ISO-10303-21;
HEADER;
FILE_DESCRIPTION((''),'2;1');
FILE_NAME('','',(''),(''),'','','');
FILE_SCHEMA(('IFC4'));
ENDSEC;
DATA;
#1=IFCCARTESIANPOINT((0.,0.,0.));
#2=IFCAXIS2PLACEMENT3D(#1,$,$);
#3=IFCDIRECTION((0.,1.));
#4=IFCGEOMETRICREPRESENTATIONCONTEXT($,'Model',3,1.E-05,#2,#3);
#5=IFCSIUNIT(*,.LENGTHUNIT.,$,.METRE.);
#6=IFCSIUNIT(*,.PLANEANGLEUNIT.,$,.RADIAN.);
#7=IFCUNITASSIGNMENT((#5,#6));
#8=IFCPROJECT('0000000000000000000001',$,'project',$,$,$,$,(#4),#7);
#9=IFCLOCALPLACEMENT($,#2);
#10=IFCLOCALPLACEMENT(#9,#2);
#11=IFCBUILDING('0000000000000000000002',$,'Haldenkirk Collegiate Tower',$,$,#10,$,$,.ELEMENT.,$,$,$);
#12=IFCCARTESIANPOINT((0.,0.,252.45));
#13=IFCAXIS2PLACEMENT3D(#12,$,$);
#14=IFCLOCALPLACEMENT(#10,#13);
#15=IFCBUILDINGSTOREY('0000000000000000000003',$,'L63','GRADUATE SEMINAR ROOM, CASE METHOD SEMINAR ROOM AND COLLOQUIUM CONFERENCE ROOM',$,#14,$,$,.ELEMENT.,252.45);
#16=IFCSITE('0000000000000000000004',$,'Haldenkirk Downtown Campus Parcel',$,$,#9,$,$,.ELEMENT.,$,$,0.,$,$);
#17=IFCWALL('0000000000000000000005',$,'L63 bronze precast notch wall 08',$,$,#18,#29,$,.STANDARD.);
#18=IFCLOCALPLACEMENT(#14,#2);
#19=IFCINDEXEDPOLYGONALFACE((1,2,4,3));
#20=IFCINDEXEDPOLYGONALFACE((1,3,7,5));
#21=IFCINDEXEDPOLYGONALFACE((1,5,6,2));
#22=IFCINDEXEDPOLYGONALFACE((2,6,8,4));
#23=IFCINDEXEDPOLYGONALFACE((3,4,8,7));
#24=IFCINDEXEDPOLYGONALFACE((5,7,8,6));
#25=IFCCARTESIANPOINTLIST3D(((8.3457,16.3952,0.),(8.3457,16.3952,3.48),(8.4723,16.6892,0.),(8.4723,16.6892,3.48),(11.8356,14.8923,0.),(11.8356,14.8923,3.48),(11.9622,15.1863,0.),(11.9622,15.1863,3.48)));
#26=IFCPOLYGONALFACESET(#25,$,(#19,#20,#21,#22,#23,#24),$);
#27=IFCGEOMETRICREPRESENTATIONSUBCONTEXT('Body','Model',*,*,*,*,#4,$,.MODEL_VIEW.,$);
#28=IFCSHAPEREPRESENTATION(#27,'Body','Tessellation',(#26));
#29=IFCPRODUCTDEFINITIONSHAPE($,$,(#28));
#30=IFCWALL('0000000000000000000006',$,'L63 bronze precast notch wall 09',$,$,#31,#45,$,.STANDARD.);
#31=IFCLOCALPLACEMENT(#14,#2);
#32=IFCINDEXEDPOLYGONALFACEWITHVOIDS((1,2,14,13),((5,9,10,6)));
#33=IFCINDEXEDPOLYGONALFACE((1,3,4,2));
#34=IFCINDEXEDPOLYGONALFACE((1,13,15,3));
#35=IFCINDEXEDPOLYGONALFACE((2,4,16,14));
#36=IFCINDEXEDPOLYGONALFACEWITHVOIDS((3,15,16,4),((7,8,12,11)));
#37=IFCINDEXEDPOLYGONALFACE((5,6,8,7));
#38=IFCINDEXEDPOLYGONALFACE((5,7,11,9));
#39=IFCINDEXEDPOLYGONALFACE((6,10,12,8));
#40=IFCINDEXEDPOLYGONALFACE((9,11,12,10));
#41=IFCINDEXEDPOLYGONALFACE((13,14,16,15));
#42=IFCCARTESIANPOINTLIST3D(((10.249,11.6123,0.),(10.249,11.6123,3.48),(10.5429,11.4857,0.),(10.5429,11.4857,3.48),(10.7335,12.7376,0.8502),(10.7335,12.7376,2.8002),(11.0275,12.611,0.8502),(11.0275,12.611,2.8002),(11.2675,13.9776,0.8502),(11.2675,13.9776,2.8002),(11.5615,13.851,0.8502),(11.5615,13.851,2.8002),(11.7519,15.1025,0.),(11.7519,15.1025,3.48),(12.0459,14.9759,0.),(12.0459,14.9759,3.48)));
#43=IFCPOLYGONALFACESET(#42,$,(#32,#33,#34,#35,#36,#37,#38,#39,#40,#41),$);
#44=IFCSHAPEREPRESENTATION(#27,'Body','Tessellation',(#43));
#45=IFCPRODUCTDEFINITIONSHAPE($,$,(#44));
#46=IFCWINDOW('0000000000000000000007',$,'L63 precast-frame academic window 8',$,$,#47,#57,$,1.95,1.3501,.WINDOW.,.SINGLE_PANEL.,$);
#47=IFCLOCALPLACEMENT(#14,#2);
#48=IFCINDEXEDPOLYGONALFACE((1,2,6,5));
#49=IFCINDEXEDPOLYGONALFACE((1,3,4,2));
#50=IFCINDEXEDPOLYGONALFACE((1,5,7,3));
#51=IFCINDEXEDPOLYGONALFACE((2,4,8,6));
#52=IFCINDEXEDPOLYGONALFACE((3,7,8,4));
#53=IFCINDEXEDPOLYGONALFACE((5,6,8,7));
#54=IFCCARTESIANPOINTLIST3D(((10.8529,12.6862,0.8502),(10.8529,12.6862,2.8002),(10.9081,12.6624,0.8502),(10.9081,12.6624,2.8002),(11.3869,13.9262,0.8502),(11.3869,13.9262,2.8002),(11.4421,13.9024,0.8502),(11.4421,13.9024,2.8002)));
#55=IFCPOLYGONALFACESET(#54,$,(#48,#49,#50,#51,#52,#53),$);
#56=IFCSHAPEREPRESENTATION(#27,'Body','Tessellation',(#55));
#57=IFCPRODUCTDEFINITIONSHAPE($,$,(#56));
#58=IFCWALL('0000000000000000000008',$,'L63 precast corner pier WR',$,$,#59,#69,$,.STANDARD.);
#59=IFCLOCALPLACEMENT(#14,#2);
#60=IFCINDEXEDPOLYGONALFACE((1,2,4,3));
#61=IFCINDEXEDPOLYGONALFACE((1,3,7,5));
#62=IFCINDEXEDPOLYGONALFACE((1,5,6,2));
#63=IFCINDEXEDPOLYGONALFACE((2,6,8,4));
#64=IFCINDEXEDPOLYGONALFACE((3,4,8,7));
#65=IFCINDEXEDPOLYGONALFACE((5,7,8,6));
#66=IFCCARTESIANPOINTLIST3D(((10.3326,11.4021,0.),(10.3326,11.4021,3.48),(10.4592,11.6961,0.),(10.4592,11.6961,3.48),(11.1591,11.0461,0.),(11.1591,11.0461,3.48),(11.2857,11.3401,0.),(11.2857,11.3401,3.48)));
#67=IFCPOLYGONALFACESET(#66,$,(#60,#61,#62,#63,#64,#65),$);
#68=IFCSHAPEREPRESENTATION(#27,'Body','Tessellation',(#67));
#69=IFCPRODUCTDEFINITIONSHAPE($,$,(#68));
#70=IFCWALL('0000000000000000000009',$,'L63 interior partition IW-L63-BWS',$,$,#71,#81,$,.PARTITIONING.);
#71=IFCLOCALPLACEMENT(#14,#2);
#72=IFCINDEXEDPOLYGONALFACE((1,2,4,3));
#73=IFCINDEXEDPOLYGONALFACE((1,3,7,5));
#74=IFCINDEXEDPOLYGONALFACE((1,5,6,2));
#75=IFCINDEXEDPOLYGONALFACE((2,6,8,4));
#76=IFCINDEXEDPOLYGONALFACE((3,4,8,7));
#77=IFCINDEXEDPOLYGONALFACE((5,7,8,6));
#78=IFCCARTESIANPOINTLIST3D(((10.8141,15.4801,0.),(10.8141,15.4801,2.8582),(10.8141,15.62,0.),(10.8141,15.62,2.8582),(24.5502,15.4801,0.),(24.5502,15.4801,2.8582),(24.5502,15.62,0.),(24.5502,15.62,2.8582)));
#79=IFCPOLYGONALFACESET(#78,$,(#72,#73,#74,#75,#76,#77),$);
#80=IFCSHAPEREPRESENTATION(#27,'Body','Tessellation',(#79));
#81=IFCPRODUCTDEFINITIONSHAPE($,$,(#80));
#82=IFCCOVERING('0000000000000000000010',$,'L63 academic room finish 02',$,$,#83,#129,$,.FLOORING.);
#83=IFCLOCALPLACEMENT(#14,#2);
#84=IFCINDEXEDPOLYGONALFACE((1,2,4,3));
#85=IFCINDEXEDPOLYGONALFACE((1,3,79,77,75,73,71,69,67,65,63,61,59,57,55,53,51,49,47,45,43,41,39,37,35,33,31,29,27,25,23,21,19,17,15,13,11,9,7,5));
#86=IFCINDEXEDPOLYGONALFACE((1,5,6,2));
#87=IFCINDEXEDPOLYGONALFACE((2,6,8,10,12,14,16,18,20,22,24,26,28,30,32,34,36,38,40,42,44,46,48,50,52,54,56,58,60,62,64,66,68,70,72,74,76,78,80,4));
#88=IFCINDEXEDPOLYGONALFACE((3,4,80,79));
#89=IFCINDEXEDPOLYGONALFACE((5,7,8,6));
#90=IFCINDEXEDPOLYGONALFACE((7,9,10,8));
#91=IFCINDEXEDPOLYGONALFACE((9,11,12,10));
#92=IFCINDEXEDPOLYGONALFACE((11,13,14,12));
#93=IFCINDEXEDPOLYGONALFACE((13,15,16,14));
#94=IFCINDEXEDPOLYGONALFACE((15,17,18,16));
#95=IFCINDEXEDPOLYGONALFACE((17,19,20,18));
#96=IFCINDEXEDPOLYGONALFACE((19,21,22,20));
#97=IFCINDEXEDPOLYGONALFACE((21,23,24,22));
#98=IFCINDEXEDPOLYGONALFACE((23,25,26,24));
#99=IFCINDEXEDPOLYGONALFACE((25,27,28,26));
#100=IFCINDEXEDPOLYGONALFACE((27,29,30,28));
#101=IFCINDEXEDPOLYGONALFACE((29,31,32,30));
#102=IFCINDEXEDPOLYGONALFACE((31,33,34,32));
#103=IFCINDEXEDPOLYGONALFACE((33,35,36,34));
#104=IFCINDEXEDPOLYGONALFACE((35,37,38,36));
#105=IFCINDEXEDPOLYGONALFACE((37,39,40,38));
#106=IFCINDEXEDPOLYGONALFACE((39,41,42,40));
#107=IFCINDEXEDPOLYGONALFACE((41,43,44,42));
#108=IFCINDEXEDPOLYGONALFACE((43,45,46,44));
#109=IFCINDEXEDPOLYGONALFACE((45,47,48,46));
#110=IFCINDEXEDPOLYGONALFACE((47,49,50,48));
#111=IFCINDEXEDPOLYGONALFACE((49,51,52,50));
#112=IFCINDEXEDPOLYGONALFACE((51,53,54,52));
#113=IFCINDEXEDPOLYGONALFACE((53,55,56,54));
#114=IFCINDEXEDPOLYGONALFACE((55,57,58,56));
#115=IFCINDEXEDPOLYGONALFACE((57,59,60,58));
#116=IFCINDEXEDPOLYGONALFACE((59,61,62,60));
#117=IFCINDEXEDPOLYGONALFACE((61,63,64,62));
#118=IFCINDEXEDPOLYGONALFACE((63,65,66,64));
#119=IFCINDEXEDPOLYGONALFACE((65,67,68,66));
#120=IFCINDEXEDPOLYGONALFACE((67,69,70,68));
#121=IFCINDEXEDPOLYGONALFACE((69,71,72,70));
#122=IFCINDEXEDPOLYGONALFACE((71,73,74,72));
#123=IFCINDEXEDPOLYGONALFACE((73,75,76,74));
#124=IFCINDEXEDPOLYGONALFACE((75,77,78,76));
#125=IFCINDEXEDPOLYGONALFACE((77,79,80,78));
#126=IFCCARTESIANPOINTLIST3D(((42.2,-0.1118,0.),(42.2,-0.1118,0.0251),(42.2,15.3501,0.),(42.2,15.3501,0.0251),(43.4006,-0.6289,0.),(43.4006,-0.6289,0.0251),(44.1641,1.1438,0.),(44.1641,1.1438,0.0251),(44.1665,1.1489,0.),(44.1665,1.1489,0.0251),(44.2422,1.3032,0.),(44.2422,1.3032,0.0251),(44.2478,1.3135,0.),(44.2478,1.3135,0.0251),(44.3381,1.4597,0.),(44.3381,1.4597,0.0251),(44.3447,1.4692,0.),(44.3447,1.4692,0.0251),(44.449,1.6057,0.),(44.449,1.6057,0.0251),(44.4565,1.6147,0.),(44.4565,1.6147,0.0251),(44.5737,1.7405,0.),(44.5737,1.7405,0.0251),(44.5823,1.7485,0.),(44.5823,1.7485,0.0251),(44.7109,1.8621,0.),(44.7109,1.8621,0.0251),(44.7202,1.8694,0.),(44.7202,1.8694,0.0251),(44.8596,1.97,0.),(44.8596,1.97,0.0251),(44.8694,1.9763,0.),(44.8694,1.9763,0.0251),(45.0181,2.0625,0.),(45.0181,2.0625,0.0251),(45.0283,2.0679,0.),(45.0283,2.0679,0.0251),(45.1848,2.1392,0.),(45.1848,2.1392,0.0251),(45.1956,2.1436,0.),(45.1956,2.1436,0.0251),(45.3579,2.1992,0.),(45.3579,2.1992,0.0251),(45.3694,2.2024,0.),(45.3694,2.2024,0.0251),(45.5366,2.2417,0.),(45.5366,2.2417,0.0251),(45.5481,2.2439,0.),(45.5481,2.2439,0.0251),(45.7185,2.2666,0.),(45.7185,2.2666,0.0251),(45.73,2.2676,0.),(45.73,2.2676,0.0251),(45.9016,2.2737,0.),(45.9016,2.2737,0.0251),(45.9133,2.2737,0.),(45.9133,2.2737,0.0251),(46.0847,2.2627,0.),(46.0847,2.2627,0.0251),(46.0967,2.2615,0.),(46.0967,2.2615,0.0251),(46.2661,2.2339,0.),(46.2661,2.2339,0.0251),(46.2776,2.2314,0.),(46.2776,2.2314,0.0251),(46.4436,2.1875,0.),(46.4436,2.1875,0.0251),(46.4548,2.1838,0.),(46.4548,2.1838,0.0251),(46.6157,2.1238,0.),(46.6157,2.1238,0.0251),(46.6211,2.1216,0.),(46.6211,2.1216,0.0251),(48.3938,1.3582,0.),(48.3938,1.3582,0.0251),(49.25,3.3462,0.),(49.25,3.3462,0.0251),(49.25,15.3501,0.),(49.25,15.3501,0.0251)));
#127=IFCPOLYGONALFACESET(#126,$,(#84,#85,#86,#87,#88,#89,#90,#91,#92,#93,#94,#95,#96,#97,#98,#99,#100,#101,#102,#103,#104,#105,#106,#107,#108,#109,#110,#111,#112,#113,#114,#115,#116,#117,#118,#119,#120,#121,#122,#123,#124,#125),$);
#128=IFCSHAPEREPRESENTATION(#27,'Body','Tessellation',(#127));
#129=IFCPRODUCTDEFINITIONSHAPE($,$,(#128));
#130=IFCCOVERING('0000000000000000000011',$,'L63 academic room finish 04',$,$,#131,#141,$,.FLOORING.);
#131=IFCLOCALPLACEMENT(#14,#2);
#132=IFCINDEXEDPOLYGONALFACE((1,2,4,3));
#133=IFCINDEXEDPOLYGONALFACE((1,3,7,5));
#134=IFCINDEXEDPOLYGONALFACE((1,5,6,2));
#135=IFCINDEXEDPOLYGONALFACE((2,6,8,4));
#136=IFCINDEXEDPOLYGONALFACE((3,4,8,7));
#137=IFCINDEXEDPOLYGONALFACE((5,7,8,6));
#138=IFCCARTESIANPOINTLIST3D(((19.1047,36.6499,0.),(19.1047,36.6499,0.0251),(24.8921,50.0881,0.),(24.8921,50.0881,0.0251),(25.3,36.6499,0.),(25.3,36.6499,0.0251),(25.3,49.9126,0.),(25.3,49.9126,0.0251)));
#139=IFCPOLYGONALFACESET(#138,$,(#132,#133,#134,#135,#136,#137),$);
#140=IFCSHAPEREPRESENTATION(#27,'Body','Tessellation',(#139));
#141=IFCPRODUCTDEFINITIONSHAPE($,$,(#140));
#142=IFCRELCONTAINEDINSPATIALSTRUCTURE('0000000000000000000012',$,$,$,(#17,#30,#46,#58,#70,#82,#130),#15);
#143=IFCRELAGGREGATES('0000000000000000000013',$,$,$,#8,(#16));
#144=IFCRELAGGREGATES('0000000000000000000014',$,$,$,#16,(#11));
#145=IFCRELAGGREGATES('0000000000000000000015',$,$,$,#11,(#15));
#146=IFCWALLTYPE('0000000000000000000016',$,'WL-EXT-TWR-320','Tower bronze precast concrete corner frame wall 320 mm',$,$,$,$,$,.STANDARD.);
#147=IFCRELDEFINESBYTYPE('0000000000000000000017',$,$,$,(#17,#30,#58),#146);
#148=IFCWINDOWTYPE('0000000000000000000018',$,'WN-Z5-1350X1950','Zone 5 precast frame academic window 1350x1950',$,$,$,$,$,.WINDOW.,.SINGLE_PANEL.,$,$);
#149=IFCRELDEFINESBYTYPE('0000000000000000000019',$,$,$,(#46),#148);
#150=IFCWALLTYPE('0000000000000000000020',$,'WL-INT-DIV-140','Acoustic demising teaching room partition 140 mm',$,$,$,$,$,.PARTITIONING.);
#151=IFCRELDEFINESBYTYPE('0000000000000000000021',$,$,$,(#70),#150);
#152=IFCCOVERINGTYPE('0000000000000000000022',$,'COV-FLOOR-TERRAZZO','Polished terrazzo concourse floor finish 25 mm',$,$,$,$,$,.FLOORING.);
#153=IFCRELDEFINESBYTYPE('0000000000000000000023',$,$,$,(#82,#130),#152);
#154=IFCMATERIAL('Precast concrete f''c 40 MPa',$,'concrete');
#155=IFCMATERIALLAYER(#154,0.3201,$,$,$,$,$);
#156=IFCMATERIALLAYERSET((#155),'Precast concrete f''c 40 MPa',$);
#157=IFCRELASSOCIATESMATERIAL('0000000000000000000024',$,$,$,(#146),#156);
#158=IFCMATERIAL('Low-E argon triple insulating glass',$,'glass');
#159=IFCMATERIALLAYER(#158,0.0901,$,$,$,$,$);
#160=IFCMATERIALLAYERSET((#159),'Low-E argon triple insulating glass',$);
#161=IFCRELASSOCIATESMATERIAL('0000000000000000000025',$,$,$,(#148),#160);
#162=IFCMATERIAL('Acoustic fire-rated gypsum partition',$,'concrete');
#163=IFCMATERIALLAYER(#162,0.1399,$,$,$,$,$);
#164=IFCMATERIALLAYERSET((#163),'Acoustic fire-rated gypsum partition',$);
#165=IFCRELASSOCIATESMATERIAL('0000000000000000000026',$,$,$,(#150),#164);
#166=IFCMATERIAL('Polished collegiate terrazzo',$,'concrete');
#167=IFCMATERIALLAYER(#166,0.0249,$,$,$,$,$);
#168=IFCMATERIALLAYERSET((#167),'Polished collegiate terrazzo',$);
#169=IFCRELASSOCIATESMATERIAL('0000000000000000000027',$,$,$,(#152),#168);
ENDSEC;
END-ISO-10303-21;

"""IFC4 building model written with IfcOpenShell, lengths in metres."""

from ifc_helpers import new_model, si_unit, direction, frame, frame_2d, origin, place, context, subcontext, project, spatial, polyline, rectangle, outline, extrude, material, layer, layer_set, type_object, element, fill, save


model = new_model("IFC4")

# Units and contexts
model_context = context("Model", 3, precision=1e-05, world=origin(), true_north=direction((0.0, 1.0)))
body_context = subcontext(model_context, "Body", "Model", "MODEL_VIEW")
ifc_project = project(units=[si_unit("LENGTHUNIT", "METRE"), si_unit("PLANEANGLEUNIT", "RADIAN")], contexts=[model_context])

# Site, building, storey
site_placement = place(None, origin())
site = spatial("IfcSite", under=ifc_project, at=site_placement, Name="Haldenkirk Downtown Campus Parcel", CompositionType="ELEMENT", RefElevation=0.0)
building_placement = place(site_placement, origin())
building = spatial("IfcBuilding", under=site, at=building_placement, Name="Haldenkirk Collegiate Tower", CompositionType="ELEMENT")
storey_placement = place(building_placement, frame((0.0, 0.0, 252.45)))
storey = spatial("IfcBuildingStorey", under=building, at=storey_placement, Name="L63", Description="GRADUATE SEMINAR ROOM, CASE METHOD SEMINAR ROOM AND COLLOQUIUM CONFERENCE ROOM", CompositionType="ELEMENT", Elevation=252.45)

# Wall
ifc_material_1 = material(Name="Precast concrete f'c 40 MPa", Category="concrete")
ifc_layer_1 = layer(ifc_material_1, 0.3201)
ifc_layer_set_1 = layer_set([ifc_layer_1], Name="Precast concrete f'c 40 MPa")
wall_type_1 = type_object("IfcWallType", Name="WL-EXT-TWR-320", Description="Tower bronze precast concrete corner frame wall 320 mm", PredefinedType="STANDARD", material=ifc_layer_set_1)
wall_1_placement = place(storey_placement, frame((11.8989, 15.0393, 0.0), z_axis=(0.0, 0.0, 1.0), x_axis=(-0.918456, 0.395524, 0.0)))
element("IfcWall", 1, at=wall_1_placement, inside=storey, type_object=wall_type_1, Name="L63 bronze precast notch wall 08", PredefinedType="STANDARD", context=body_context, shape_type="SweptSolid", body=[
    extrude(rectangle(XDim=3.7998, YDim=0.3201, at=frame_2d((1.8999, 0.0))), origin(), (0.0, 0.0, 1.0), 3.48),
])

# Wall, opening, window
wall_2_placement = place(storey_placement, frame((10.396, 11.5491, 0.0), z_axis=(0.0, 0.0, 1.0), x_axis=(0.395501, 0.918466, 0.0)))
wall_2 = element("IfcWall", 2, at=wall_2_placement, inside=storey, type_object=wall_type_1, Name="L63 bronze precast notch wall 09", PredefinedType="STANDARD", context=body_context, shape_type="SweptSolid", body=[
    extrude(rectangle(XDim=3.8, YDim=0.3201, at=frame_2d((1.8999, 0.0))), origin(), (0.0, 0.0, 1.0), 3.48),
])
opening_placement = place(wall_2_placement, frame((1.2251, 0.0, 0.8501)))
opening = element("IfcOpeningElement", 3, at=opening_placement, cuts=wall_2, PredefinedType="OPENING", context=body_context, shape_type="SweptSolid", body=[
    extrude(rectangle(XDim=1.3501, YDim=1.95, at=frame_2d((0.675, 0.9751))), frame((0.0, 0.1699, 0.0), z_axis=(0.0, -1.0, 0.0), x_axis=(1.0, 0.0, 0.0)), (0.0, 0.0, 1.0), 0.3401),
])
ifc_material_2 = material(Name="Low-E argon triple insulating glass", Category="glass")
ifc_layer_2 = layer(ifc_material_2, 0.0901)
ifc_layer_set_2 = layer_set([ifc_layer_2], Name="Low-E argon triple insulating glass")
window_type = type_object("IfcWindowType", Name="WN-Z5-1350X1950", Description="Zone 5 precast frame academic window 1350x1950", PartitioningType="SINGLE_PANEL", PredefinedType="WINDOW", material=ifc_layer_set_2)
window_placement = place(opening_placement, origin())
window = element("IfcWindow", 4, at=window_placement, inside=storey, type_object=window_type, Name="L63 precast-frame academic window 8", OverallHeight=1.95, OverallWidth=1.3501, PartitioningType="SINGLE_PANEL", PredefinedType="WINDOW", context=body_context, shape_type="SweptSolid", body=[
    extrude(rectangle(XDim=1.3501, YDim=1.95, at=frame_2d((0.675, 0.9751))), frame((0.0, 0.03, 0.0), z_axis=(0.0, -1.0, 0.0), x_axis=(1.0, 0.0, 0.0)), (0.0, 0.0, 1.0), 0.0601),
])
fill(opening, window)

# Walls
wall_3_placement = place(storey_placement, frame((11.2224, 11.1931, 0.0), z_axis=(0.0, 0.0, 1.0), x_axis=(-0.918428, 0.395589, 0.0)))
element("IfcWall", 5, at=wall_3_placement, inside=storey, type_object=wall_type_1, Name="L63 precast corner pier WR", PredefinedType="STANDARD", context=body_context, shape_type="SweptSolid", body=[
    extrude(rectangle(XDim=0.8999, YDim=0.3201, at=frame_2d((0.45, 0.0))), origin(), (0.0, 0.0, 1.0), 3.48),
])
ifc_material_3 = material(Name="Acoustic fire-rated gypsum partition", Category="concrete")
ifc_layer_3 = layer(ifc_material_3, 0.1399)
ifc_layer_set_3 = layer_set([ifc_layer_3], Name="Acoustic fire-rated gypsum partition")
wall_type_2 = type_object("IfcWallType", Name="WL-INT-DIV-140", Description="Acoustic demising teaching room partition 140 mm", PredefinedType="PARTITIONING", material=ifc_layer_set_3)
wall_4_placement = place(storey_placement, frame((10.814, 15.55, 0.0), z_axis=(0.0, 0.0, 1.0), x_axis=(1.0, 0.0, 0.0)))
element("IfcWall", 6, at=wall_4_placement, inside=storey, type_object=wall_type_2, Name="L63 interior partition IW-L63-BWS", PredefinedType="PARTITIONING", context=body_context, shape_type="SweptSolid", body=[
    extrude(rectangle(XDim=13.7361, YDim=0.1399, at=frame_2d((6.8682, 0.0))), origin(), (0.0, 0.0, 1.0), 2.8582),
])

# Coverings
ifc_material_4 = material(Name="Polished collegiate terrazzo", Category="concrete")
ifc_layer_4 = layer(ifc_material_4, 0.0249)
ifc_layer_set_4 = layer_set([ifc_layer_4], Name="Polished collegiate terrazzo")
covering_type_1 = type_object("IfcCoveringType", Name="COV-FLOOR-TERRAZZO", Description="Polished terrazzo concourse floor finish 25 mm", PredefinedType="FLOORING", material=ifc_layer_set_4)
covering_1_placement = place(storey_placement, origin())
element("IfcCovering", 7, at=covering_1_placement, inside=storey, type_object=covering_type_1, Name="L63 academic room finish 02", PredefinedType="FLOORING", context=body_context, shape_type="SweptSolid", body=[
    extrude(outline(polyline([(45.9133, 2.2737), (45.9016, 2.2737), (45.73, 2.2676), (45.7185, 2.2666), (45.5481, 2.2439), (45.5366, 2.2417), (45.3694, 2.2024), (45.3579, 2.1992), (45.1956, 2.1436), (45.1848, 2.1392), (45.0283, 2.0679), (45.0181, 2.0625), (44.8694, 1.9763), (44.8596, 1.97), (44.7202, 1.8694), (44.7109, 1.8621), (44.5823, 1.7485), (44.5737, 1.7405), (44.4565, 1.6147), (44.449, 1.6057), (44.3447, 1.4692), (44.3381, 1.4597), (44.2478, 1.3135), (44.2422, 1.3032), (44.1665, 1.1489), (44.1641, 1.1438), (43.4006, -0.6289), (42.2, -0.1118), (42.2, 15.3501), (49.25, 15.3501), (49.25, 3.3462), (48.3938, 1.3582), (46.6211, 2.1216), (46.6157, 2.1238), (46.4548, 2.1838), (46.4436, 2.1875), (46.2776, 2.2314), (46.2661, 2.2339), (46.0967, 2.2615), (46.0847, 2.2627), (45.9133, 2.2737)])), origin(), (0.0, 0.0, 1.0), 0.0251),
])
covering_2_placement = place(storey_placement, origin())
element("IfcCovering", 8, at=covering_2_placement, inside=storey, type_object=covering_type_1, Name="L63 academic room finish 04", PredefinedType="FLOORING", context=body_context, shape_type="SweptSolid", body=[
    extrude(outline(polyline([(25.3, 49.9126), (25.3, 36.6499), (19.1047, 36.6499), (24.8921, 50.0881), (25.3, 49.9126)])), origin(), (0.0, 0.0, 1.0), 0.0251),
])

save(model, "model.ifc")
